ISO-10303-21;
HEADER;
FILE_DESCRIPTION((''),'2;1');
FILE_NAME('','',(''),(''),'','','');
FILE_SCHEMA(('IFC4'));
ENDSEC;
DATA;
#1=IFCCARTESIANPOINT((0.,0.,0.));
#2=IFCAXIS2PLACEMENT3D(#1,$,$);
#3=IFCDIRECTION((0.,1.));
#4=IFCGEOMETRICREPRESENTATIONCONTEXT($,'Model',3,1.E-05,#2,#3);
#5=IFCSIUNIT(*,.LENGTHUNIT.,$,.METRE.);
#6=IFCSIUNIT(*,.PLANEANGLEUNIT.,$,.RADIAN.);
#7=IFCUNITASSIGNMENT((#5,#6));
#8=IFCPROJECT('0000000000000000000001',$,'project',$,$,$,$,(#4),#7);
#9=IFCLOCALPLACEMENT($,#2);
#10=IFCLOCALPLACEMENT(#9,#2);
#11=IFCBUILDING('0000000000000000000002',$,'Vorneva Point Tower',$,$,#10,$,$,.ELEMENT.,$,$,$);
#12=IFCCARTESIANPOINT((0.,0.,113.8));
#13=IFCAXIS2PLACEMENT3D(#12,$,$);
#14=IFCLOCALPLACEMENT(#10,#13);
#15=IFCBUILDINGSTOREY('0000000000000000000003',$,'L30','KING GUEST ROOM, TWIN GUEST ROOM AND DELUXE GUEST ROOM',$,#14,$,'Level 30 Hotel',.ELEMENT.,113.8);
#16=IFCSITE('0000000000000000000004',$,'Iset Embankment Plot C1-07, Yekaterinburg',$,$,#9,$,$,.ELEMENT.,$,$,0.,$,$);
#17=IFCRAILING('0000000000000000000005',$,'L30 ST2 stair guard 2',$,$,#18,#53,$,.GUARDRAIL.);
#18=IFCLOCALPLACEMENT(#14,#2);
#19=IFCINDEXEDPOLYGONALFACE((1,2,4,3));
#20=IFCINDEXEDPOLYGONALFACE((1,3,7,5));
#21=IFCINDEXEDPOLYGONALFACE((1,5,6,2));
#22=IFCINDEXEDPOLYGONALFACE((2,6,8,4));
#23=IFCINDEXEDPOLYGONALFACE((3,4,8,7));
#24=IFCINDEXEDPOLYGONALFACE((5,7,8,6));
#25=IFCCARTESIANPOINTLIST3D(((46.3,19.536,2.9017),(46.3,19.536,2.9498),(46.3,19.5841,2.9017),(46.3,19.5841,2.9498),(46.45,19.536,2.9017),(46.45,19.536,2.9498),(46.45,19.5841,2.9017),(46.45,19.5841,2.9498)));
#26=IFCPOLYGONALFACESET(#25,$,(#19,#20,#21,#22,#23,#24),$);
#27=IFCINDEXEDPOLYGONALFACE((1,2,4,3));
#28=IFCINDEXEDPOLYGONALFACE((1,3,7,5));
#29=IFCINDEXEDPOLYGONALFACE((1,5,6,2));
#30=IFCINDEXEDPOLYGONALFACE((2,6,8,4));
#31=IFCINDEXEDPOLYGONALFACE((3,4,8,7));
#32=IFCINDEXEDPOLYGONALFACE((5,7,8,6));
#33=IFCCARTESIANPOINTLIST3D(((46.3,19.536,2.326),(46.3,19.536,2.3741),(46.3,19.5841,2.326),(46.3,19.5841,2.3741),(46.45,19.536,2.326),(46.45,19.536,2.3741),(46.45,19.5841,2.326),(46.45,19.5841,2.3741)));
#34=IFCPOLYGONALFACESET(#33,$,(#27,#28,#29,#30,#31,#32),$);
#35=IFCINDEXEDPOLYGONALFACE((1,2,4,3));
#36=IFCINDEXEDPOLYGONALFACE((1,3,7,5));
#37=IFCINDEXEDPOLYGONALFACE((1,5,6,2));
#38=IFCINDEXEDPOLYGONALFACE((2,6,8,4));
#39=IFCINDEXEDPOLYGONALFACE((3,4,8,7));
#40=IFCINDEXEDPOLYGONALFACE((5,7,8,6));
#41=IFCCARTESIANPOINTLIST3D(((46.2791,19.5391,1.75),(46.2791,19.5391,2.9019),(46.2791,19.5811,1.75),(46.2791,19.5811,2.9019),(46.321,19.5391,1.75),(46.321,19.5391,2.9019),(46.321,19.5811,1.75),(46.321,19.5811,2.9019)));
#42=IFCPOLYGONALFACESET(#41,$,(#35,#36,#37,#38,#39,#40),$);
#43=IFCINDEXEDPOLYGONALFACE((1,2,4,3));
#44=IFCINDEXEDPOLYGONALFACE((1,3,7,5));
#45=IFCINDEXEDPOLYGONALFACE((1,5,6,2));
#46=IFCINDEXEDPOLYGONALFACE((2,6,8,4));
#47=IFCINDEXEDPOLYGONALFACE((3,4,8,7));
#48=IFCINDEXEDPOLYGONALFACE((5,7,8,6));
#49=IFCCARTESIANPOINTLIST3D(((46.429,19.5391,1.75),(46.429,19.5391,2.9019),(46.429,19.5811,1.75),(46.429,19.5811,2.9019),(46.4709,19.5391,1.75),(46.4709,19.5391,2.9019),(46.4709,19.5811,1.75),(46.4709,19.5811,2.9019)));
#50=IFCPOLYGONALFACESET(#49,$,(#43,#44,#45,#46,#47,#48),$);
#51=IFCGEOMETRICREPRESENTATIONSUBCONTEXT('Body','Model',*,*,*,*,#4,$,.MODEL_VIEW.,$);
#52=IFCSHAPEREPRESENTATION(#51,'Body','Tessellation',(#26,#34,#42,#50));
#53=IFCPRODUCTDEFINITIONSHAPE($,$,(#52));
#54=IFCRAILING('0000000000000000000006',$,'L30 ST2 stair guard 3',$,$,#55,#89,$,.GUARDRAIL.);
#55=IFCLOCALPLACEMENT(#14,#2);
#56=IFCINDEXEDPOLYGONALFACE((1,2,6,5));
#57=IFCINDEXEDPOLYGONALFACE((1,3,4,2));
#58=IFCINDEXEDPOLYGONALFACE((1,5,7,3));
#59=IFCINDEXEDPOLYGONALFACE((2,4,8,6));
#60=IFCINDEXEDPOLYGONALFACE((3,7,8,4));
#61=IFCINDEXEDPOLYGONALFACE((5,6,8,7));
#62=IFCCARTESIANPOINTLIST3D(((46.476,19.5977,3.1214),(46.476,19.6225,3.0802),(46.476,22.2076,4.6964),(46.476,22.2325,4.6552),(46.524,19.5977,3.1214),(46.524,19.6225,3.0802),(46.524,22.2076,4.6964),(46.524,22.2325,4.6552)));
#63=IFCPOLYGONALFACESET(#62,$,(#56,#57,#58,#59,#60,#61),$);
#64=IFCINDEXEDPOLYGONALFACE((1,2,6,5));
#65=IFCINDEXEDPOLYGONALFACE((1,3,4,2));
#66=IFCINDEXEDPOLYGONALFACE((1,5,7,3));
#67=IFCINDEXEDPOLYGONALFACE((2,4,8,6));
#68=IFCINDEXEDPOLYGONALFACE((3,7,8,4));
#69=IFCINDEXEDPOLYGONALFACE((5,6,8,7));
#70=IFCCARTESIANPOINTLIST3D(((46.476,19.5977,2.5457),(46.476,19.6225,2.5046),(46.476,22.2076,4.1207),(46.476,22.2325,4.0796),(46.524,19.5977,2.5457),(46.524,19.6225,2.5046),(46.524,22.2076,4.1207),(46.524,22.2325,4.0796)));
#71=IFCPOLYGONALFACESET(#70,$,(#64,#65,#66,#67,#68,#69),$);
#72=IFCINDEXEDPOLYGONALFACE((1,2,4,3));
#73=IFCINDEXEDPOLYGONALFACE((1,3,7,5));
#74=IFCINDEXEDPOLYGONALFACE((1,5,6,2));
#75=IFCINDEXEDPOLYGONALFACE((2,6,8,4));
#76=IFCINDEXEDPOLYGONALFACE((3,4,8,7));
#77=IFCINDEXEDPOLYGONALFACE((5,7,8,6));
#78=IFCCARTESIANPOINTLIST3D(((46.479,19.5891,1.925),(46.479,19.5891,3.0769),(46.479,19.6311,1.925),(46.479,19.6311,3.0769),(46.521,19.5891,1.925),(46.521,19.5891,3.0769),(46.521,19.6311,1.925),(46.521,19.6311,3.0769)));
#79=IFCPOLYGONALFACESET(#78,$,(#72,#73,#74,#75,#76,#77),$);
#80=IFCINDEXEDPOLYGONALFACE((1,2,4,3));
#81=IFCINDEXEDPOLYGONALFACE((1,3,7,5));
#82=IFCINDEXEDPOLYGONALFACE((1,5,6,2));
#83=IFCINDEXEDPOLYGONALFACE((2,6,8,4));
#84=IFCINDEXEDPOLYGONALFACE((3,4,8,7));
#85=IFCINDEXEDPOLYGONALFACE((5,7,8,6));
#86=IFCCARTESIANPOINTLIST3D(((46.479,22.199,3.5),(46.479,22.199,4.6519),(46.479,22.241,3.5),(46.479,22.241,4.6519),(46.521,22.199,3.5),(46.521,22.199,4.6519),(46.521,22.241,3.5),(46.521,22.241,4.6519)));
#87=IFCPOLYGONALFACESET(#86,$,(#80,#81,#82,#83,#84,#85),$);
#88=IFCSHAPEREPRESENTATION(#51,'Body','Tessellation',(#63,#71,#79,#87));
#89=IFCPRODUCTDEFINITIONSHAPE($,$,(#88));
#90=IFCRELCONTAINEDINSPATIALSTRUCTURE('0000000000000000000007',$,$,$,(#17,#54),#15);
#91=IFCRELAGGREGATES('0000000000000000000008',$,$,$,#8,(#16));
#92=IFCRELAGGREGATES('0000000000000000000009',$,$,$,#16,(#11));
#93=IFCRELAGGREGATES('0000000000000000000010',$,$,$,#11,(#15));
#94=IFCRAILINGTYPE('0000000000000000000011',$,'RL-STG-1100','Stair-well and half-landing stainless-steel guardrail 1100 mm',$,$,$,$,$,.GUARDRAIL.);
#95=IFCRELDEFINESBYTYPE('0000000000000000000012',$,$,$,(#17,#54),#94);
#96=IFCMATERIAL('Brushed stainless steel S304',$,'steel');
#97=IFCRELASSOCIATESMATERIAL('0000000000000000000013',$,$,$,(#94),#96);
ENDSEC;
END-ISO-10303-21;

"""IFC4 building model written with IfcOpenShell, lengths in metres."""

from ifc_helpers import new_model, si_unit, direction, frame, origin, origin_2d, place, context, subcontext, project, spatial, rectangle, extrude, material, type_object, element, save


model = new_model("IFC4")

# Units and contexts
model_context = context("Model", 3, precision=1e-05, world=origin(), true_north=direction((0.0, 1.0)))
body_context = subcontext(model_context, "Body", "Model", "MODEL_VIEW")
ifc_project = project(units=[si_unit("LENGTHUNIT", "METRE"), si_unit("PLANEANGLEUNIT", "RADIAN")], contexts=[model_context])

# Site, building, storey
site_placement = place(None, origin())
site = spatial("IfcSite", under=ifc_project, at=site_placement, Name="Iset Embankment Plot C1-07, Yekaterinburg", CompositionType="ELEMENT", RefElevation=0.0)
building_placement = place(site_placement, origin())
building = spatial("IfcBuilding", under=site, at=building_placement, Name="Vorneva Point Tower", CompositionType="ELEMENT")
storey_placement = place(building_placement, frame((0.0, 0.0, 113.8)))
storey = spatial("IfcBuildingStorey", under=building, at=storey_placement, Name="L30", Description="KING GUEST ROOM, TWIN GUEST ROOM AND DELUXE GUEST ROOM", LongName="Level 30 Hotel", CompositionType="ELEMENT", Elevation=113.8)

# Railings
ifc_material_1 = material(Name="Brushed stainless steel S304", Category="steel")
railing_type = type_object("IfcRailingType", Name="RL-STG-1100", Description="Stair-well and half-landing stainless-steel guardrail 1100 mm", PredefinedType="GUARDRAIL", material=ifc_material_1)
railing_1_placement = place(storey_placement, frame((46.3, 19.5601, 1.75)))
element("IfcRailing", 1, at=railing_1_placement, inside=storey, type_object=railing_type, Name="L30 ST2 stair guard 2", PredefinedType="GUARDRAIL", context=body_context, shape_type="SweptSolid", body=[
    extrude(rectangle(XDim=0.0481, YDim=0.0481, at=origin_2d()), frame((0.0, 0.0, 1.1758), z_axis=(1.0, 0.0, 0.0), x_axis=(0.0, 1.0, 0.0)), (0.0, 0.0, 1.0), 0.1499),
    extrude(rectangle(XDim=0.0481, YDim=0.0481, at=origin_2d()), frame((0.0, 0.0, 0.6001), z_axis=(1.0, 0.0, 0.0), x_axis=(0.0, 1.0, 0.0)), (0.0, 0.0, 1.0), 0.1499),
    extrude(rectangle(XDim=0.042, YDim=0.042, at=origin_2d()), origin(), (0.0, 0.0, 1.0), 1.1519),
    extrude(rectangle(XDim=0.042, YDim=0.042, at=origin_2d()), frame((0.1499, 0.0, 0.0)), (0.0, 0.0, 1.0), 1.1519),
])
railing_2_placement = place(storey_placement, frame((46.5, 19.6101, 1.925)))
element("IfcRailing", 2, at=railing_2_placement, inside=storey, type_object=railing_type, Name="L30 ST2 stair guard 3", PredefinedType="GUARDRAIL", context=body_context, shape_type="SweptSolid", body=[
    extrude(rectangle(XDim=0.0481, YDim=0.0481, at=origin_2d()), frame((0.0, 0.0, 1.1758), z_axis=(0.0, 0.856183, 0.516673), x_axis=(-1.0, 0.0, 0.0)), (0.0, 0.0, 1.0), 3.0483),
    extrude(rectangle(XDim=0.0481, YDim=0.0481, at=origin_2d()), frame((0.0, 0.0, 0.6001), z_axis=(0.0, 0.856183, 0.516673), x_axis=(-1.0, 0.0, 0.0)), (0.0, 0.0, 1.0), 3.0483),
    extrude(rectangle(XDim=0.042, YDim=0.042, at=origin_2d()), origin(), (0.0, 0.0, 1.0), 1.1519),
    extrude(rectangle(XDim=0.042, YDim=0.042, at=origin_2d()), frame((0.0, 2.6099, 1.575)), (0.0, 0.0, 1.0), 1.1519),
])

save(model, "model.ifc")
